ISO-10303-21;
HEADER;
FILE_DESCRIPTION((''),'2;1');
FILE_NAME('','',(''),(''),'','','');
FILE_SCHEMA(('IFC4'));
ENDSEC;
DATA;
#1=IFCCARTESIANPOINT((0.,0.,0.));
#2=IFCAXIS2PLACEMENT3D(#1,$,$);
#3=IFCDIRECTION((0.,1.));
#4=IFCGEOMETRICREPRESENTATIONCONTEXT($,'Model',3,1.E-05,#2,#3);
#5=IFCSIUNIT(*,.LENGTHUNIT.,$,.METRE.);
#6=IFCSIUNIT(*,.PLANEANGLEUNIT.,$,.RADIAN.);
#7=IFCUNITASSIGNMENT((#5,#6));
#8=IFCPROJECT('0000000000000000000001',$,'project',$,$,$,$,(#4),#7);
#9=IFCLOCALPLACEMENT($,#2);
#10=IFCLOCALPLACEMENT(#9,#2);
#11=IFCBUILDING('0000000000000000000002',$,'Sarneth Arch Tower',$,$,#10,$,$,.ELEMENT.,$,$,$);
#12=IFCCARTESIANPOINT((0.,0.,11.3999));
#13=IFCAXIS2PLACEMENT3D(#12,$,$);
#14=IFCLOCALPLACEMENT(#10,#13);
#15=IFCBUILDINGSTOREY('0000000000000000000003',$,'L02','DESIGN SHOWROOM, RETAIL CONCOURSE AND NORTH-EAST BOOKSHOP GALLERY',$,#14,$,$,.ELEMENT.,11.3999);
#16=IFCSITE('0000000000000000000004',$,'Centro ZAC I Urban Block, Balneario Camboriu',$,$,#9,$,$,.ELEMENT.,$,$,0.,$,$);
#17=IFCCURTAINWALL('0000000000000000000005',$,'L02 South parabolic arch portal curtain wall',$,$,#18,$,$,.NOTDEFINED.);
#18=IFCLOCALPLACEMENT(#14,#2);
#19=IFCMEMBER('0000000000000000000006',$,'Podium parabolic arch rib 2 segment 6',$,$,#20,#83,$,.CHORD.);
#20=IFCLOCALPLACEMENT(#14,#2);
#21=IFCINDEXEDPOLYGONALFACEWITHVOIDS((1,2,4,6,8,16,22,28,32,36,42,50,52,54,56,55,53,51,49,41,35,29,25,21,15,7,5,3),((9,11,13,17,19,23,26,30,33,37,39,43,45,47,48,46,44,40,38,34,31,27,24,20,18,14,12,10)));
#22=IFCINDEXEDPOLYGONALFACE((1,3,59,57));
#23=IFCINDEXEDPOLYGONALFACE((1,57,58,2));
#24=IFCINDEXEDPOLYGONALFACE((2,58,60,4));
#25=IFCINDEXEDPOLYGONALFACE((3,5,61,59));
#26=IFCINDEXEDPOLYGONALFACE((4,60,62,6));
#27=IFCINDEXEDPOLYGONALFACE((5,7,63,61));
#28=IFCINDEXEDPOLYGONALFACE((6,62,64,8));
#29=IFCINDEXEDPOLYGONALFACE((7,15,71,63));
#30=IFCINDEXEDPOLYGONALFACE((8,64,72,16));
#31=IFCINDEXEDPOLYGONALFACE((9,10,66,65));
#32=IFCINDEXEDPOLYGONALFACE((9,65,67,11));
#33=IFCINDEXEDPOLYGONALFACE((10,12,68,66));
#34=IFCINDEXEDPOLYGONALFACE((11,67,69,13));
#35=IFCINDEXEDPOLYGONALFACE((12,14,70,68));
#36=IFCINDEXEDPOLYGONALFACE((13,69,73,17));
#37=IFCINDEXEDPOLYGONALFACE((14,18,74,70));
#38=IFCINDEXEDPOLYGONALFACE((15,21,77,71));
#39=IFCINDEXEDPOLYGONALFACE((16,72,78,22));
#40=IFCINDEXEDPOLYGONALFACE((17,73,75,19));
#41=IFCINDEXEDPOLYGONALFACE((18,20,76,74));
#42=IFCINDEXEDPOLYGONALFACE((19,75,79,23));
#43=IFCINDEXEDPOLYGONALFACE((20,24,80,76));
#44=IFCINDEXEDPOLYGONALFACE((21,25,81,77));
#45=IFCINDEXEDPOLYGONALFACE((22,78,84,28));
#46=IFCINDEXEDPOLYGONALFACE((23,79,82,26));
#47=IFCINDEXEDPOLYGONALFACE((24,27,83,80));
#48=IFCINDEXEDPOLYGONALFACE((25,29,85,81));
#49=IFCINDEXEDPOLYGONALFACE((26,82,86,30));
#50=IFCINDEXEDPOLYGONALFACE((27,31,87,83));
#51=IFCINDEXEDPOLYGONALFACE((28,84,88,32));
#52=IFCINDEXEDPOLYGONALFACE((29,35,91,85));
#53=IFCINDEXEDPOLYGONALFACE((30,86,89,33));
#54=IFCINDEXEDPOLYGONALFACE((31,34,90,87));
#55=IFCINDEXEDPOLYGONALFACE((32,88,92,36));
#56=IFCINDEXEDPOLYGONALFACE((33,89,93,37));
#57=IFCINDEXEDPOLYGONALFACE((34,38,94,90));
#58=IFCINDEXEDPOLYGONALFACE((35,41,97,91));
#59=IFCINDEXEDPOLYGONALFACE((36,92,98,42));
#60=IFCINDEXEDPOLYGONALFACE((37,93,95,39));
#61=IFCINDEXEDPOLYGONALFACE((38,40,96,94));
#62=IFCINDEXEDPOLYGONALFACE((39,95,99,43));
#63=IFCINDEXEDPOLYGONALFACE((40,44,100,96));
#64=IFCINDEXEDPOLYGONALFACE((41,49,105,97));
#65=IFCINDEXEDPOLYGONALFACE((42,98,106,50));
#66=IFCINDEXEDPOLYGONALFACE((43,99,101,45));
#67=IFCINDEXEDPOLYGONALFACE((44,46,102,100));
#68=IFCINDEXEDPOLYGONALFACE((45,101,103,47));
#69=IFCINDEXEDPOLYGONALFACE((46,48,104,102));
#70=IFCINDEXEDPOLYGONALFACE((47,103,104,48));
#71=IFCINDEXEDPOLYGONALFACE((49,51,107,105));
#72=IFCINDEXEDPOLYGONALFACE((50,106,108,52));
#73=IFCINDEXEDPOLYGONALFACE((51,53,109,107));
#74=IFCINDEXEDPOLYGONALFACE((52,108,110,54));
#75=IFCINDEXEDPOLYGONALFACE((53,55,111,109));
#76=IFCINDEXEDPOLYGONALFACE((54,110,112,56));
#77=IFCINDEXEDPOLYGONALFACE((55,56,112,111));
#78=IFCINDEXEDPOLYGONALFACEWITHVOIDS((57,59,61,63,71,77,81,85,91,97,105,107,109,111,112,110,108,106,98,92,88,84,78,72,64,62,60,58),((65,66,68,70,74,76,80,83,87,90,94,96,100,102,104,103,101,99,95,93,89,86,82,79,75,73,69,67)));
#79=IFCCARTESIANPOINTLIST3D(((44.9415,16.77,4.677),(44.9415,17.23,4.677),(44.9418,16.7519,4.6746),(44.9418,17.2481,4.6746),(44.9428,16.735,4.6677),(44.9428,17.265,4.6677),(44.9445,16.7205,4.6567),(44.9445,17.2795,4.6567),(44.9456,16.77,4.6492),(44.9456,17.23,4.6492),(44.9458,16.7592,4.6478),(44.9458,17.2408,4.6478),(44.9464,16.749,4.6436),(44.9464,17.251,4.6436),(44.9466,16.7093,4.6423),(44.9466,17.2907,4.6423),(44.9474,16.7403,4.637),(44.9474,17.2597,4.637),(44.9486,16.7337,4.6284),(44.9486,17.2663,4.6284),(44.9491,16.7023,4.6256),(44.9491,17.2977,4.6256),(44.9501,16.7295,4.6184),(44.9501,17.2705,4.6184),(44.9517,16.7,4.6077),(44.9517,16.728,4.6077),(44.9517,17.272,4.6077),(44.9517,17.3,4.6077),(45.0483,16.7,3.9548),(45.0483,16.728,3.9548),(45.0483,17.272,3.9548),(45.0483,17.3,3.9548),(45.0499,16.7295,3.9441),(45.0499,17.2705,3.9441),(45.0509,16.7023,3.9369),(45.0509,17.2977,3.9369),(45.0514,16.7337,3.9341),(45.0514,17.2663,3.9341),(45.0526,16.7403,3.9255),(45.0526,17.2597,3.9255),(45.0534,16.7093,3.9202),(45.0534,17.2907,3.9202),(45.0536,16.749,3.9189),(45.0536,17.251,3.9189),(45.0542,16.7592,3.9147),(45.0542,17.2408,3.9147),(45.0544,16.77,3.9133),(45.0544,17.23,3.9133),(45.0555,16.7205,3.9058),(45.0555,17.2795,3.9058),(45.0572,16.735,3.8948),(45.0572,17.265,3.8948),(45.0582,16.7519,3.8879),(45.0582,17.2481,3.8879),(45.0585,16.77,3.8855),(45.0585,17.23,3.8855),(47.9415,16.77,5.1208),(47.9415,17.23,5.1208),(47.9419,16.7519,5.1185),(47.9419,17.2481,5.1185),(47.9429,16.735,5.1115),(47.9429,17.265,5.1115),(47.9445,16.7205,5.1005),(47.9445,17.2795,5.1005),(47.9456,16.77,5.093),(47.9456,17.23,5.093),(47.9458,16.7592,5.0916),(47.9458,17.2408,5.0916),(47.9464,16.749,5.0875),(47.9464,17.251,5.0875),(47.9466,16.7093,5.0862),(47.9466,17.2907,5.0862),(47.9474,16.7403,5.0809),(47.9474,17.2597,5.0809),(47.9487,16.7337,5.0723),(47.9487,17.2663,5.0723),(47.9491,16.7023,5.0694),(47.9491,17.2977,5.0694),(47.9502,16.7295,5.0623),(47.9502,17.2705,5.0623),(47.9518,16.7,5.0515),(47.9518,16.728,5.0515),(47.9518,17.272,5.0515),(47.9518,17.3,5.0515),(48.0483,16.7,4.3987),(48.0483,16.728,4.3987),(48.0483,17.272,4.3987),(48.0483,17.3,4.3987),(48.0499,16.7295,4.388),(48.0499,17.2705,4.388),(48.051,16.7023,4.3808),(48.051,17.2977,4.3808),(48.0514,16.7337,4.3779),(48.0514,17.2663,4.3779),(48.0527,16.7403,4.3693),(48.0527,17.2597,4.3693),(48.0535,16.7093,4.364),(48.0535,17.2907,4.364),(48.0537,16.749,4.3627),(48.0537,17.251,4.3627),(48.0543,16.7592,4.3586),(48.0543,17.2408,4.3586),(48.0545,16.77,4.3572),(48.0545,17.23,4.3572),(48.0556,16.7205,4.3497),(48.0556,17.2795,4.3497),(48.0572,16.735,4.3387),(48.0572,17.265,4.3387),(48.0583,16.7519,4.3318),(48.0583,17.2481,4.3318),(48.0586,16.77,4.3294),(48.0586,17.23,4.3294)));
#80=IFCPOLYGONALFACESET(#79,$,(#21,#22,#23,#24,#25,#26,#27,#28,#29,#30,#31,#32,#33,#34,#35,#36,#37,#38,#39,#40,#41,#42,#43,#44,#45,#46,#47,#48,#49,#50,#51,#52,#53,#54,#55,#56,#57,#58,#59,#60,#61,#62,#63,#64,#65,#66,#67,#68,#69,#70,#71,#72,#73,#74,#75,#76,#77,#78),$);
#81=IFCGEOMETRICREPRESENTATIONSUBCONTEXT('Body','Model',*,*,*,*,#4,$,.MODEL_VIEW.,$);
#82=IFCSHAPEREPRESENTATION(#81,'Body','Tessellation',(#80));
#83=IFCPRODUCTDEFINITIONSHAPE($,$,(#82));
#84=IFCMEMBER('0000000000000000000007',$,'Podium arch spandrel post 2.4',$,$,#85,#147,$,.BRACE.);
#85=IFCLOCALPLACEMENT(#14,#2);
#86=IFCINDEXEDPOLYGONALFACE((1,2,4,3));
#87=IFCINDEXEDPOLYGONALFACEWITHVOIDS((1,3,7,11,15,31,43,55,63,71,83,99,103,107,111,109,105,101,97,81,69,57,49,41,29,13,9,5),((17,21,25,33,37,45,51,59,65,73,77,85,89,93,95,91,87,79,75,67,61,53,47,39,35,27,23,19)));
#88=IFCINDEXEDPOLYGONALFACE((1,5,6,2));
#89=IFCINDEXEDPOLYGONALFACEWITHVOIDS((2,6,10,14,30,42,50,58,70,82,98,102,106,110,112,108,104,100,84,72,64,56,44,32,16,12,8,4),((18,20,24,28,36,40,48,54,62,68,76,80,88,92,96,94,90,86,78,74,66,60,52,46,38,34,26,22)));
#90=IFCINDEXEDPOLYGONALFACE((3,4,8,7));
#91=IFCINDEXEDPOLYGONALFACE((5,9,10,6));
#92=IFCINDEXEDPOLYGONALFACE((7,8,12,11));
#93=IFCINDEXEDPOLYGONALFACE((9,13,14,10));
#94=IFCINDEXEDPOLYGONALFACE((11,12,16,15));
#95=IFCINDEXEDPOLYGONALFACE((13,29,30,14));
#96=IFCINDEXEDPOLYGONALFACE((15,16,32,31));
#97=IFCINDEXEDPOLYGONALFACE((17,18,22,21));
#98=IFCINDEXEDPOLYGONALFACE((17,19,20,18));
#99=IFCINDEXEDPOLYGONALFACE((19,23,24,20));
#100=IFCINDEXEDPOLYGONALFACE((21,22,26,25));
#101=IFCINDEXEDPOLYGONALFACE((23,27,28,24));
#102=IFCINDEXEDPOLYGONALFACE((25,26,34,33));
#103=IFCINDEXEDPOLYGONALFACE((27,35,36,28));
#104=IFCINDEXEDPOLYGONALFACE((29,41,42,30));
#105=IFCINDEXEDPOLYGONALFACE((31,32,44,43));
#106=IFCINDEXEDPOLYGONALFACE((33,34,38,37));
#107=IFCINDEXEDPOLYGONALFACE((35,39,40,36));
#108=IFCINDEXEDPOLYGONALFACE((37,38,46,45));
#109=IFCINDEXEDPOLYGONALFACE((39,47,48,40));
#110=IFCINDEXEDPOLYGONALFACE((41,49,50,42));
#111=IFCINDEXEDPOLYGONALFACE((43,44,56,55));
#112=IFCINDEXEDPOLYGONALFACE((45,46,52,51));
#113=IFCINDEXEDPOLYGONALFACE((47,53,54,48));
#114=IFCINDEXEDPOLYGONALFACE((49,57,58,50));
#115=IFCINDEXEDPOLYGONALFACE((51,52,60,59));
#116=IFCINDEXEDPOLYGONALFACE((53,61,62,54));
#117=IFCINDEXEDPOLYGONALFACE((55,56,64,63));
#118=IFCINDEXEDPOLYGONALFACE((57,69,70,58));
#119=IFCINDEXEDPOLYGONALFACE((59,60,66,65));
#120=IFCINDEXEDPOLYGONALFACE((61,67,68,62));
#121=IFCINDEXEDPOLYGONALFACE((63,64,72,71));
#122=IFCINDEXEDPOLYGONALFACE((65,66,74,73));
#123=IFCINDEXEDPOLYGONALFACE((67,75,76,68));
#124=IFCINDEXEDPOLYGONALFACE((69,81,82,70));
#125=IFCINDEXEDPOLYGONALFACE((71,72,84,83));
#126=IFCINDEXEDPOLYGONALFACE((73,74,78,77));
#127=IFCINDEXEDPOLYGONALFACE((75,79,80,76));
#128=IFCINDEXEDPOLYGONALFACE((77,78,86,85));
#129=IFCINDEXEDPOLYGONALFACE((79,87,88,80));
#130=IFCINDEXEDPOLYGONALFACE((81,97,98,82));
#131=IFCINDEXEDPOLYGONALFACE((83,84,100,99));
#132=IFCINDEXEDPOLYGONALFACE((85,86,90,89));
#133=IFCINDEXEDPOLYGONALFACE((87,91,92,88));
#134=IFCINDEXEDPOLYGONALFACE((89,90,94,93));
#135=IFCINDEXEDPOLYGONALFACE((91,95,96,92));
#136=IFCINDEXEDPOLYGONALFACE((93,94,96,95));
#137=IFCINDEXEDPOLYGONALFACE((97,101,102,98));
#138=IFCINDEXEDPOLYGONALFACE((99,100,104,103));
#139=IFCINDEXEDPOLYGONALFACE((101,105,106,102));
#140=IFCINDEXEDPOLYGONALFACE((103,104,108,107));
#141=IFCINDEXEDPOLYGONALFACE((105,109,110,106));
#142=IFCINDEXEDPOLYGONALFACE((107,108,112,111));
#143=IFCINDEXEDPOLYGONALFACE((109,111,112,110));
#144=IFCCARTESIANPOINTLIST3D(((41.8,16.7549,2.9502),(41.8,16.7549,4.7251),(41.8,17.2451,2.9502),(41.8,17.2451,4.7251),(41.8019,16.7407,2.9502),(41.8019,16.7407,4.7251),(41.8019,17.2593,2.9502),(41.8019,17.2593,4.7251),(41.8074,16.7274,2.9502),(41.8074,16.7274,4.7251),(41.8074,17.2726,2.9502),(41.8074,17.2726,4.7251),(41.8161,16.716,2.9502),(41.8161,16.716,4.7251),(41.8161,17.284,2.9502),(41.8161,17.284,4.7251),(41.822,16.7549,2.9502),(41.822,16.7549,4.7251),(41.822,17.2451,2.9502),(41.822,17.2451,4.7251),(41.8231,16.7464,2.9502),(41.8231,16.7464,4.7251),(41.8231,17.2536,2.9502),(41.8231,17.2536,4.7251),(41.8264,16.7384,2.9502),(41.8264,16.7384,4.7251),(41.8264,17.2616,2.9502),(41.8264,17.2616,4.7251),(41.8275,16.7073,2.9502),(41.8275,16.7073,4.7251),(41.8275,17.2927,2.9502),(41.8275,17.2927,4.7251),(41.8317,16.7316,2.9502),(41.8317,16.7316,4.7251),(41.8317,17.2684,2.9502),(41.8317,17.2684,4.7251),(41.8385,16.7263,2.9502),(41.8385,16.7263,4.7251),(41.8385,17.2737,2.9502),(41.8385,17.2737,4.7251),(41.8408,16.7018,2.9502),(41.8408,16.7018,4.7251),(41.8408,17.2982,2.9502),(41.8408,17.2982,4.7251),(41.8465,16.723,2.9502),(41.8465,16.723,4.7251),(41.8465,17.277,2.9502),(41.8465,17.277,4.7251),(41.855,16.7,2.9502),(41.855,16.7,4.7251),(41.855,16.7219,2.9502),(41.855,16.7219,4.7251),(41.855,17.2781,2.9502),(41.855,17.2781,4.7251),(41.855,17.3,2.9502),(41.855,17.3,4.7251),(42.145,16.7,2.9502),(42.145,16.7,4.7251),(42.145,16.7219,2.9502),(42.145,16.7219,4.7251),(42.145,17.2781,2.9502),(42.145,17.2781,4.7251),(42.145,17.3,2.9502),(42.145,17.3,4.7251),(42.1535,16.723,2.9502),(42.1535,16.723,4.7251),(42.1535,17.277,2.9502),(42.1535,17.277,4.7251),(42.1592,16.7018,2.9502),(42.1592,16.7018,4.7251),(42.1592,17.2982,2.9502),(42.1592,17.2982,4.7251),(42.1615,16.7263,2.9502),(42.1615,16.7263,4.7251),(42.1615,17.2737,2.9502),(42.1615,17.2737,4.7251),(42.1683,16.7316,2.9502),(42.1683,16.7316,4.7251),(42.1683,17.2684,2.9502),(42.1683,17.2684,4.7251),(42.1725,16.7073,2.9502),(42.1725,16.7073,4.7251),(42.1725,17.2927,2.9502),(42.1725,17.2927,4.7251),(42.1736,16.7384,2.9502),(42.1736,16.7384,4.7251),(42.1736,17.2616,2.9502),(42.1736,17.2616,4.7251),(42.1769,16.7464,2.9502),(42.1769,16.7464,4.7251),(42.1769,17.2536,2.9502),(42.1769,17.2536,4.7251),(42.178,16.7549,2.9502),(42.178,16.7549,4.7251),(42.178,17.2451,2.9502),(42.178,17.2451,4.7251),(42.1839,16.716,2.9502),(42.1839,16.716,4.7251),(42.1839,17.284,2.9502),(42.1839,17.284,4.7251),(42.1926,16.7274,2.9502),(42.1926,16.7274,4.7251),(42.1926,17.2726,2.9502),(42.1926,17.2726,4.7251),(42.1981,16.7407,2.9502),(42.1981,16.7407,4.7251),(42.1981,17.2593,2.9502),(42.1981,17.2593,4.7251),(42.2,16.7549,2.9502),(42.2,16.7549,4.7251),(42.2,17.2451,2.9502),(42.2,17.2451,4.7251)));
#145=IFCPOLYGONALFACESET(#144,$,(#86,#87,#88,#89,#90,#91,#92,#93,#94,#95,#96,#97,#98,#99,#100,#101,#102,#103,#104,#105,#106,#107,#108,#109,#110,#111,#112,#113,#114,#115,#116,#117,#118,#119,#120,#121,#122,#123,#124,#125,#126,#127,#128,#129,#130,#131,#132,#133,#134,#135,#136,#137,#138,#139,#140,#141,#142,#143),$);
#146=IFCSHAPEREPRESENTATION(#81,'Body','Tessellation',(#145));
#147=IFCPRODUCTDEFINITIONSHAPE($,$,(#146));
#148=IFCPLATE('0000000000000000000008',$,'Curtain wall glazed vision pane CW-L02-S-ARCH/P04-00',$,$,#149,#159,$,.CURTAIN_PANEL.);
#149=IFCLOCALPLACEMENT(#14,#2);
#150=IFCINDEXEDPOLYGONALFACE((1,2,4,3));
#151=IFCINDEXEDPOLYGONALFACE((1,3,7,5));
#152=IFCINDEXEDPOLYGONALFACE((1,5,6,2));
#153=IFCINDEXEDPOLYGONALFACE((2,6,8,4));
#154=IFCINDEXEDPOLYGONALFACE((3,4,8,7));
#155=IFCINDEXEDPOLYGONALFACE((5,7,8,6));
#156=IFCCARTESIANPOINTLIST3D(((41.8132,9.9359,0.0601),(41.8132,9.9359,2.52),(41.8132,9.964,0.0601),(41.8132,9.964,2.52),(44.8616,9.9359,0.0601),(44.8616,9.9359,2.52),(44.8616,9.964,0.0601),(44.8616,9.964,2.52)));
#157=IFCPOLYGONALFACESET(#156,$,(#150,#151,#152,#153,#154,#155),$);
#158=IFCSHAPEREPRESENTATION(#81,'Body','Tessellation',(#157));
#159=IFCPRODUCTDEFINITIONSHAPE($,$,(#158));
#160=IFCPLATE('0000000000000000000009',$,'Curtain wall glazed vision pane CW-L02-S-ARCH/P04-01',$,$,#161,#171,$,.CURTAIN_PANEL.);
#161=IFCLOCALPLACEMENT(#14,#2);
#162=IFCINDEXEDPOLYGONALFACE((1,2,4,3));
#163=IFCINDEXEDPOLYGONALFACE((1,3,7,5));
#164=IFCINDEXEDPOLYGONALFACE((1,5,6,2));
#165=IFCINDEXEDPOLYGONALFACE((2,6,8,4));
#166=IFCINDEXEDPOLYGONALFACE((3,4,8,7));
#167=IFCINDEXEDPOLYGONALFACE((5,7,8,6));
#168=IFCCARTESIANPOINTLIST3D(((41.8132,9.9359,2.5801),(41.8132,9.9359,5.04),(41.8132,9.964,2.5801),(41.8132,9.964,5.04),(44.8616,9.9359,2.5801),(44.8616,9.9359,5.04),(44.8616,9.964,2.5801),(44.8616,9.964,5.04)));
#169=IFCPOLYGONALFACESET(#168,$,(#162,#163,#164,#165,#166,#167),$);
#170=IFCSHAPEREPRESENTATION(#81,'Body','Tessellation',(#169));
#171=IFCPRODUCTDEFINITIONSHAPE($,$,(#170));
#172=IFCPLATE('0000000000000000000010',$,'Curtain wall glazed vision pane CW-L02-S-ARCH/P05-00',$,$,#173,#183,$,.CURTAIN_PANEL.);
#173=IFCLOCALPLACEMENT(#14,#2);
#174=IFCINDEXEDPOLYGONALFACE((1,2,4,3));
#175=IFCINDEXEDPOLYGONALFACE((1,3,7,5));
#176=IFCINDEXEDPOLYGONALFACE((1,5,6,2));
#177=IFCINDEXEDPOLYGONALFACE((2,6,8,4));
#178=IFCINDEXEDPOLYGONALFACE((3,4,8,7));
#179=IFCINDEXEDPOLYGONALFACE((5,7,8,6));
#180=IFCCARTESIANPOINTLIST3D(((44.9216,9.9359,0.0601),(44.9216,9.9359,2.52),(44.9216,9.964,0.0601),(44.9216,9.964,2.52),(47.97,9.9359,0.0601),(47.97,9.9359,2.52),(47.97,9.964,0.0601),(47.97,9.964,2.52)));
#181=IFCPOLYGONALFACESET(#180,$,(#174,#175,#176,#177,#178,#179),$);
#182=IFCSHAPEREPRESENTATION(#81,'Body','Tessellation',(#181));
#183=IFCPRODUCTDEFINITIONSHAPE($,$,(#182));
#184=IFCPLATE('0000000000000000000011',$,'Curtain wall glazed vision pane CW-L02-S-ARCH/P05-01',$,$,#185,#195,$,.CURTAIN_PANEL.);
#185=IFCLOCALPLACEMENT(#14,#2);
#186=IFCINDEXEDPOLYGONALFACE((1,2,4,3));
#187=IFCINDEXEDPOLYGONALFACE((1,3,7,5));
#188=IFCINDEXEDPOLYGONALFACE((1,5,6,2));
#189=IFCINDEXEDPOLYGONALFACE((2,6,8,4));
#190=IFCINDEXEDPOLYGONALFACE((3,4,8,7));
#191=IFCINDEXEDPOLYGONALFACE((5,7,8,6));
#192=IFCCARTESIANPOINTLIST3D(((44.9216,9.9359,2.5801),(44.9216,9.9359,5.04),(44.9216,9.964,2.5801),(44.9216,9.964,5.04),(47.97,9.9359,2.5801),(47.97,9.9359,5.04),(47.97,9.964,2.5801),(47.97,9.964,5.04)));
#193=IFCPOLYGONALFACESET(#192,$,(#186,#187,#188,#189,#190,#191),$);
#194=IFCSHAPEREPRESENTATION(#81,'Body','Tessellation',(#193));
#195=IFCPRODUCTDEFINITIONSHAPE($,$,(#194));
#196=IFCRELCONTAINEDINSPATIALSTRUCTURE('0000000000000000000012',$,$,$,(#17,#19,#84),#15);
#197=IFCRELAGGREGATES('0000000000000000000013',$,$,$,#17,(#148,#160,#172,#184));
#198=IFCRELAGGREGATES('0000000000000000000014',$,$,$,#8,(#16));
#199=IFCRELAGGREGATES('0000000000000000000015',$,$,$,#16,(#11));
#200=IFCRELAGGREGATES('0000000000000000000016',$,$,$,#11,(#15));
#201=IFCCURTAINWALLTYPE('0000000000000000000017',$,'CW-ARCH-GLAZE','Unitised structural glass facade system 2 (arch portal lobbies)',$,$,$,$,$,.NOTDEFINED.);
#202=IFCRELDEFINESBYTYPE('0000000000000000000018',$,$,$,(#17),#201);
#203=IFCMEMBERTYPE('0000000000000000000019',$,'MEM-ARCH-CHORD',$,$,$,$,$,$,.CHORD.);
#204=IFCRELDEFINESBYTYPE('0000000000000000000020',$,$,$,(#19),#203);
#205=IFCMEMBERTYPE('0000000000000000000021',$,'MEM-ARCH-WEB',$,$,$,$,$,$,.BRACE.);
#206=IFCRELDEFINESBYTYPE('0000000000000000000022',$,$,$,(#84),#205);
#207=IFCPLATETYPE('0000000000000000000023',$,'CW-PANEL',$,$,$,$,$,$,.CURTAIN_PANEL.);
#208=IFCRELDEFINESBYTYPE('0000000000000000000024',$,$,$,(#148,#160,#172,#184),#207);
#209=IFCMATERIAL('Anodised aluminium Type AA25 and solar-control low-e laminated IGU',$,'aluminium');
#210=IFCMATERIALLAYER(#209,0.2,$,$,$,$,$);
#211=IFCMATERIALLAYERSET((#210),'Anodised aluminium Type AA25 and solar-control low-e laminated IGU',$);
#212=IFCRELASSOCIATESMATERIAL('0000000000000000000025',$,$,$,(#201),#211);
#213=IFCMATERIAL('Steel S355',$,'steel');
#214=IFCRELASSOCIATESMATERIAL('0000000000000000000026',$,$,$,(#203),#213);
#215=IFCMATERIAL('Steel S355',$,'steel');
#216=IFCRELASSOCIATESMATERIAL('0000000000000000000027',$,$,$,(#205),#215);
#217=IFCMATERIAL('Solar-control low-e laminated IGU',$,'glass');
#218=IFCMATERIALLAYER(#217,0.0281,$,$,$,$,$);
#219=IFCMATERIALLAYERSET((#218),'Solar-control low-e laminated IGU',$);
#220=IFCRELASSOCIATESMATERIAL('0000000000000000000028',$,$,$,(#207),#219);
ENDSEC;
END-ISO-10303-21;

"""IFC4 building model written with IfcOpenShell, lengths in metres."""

from ifc_helpers import new_model, si_unit, direction, frame, origin, origin_2d, place, context, subcontext, project, spatial, rectangle, hollow_rectangle, extrude, material, layer, layer_set, material_profile, profile_set, type_object, element, aggregate, save


model = new_model("IFC4")

# Units and contexts
model_context = context("Model", 3, precision=1e-05, world=origin(), true_north=direction((0.0, 1.0)))
body_context = subcontext(model_context, "Body", "Model", "MODEL_VIEW")
ifc_project = project(units=[si_unit("LENGTHUNIT", "METRE"), si_unit("PLANEANGLEUNIT", "RADIAN")], contexts=[model_context])

# Site, building, storey
site_placement = place(None, origin())
site = spatial("IfcSite", under=ifc_project, at=site_placement, Name="Centro ZAC I Urban Block, Balneario Camboriu", CompositionType="ELEMENT", RefElevation=0.0)
building_placement = place(site_placement, origin())
building = spatial("IfcBuilding", under=site, at=building_placement, Name="Sarneth Arch Tower", CompositionType="ELEMENT")
storey_placement = place(building_placement, frame((0.0, 0.0, 11.3999)))
storey = spatial("IfcBuildingStorey", under=building, at=storey_placement, Name="L02", Description="DESIGN SHOWROOM, RETAIL CONCOURSE AND NORTH-EAST BOOKSHOP GALLERY", CompositionType="ELEMENT", Elevation=11.3999)

# Curtain wall
ifc_material_1 = material(Name="Anodised aluminium Type AA25 and solar-control low-e laminated IGU", Category="aluminium")
ifc_layer_1 = layer(ifc_material_1, 0.2)
ifc_layer_set_1 = layer_set([ifc_layer_1], Name="Anodised aluminium Type AA25 and solar-control low-e laminated IGU")
curtain_wall_type = type_object("IfcCurtainWallType", Name="CW-ARCH-GLAZE", Description="Unitised structural glass facade system 2 (arch portal lobbies)", PredefinedType="NOTDEFINED", material=ifc_layer_set_1)
curtain_wall_placement = place(storey_placement, origin())
curtain_wall = element("IfcCurtainWall", 1, at=curtain_wall_placement, inside=storey, type_object=curtain_wall_type, Name="L02 South parabolic arch portal curtain wall", PredefinedType="NOTDEFINED")

# Members
ifc_material_2 = material(Name="Steel S355", Category="steel")
ifc_material_profile_1 = material_profile(ifc_material_2, hollow_rectangle(XDim=0.6001, YDim=0.8, WallThickness=0.0281, InnerFilletRadius=0.042, OuterFilletRadius=0.0701, at=origin_2d()), Name="RHS800x600x28")
ifc_profile_set_1 = profile_set([ifc_material_profile_1], Name="Steel S355")
member_type_1 = type_object("IfcMemberType", Name="MEM-ARCH-CHORD", PredefinedType="CHORD", material=ifc_profile_set_1)
member_1_placement = place(storey_placement, frame((45.0, 17.0, 4.2812), z_axis=(0.989232, 0.0, 0.146356), x_axis=(0.0, 1.0, 0.0)))
element("IfcMember", 2, at=member_1_placement, inside=storey, type_object=member_type_1, Name="Podium parabolic arch rib 2 segment 6", PredefinedType="CHORD", context=body_context, shape_type="SweptSolid", body=[
    extrude(hollow_rectangle(XDim=0.6001, YDim=0.8, WallThickness=0.0281, InnerFilletRadius=0.042, OuterFilletRadius=0.0701, at=origin_2d()), origin(), (0.0, 0.0, 1.0), 3.0327),
])
ifc_material_3 = material(Name="Steel S355", Category="steel")
ifc_material_profile_2 = material_profile(ifc_material_3, hollow_rectangle(XDim=0.3999, YDim=0.6001, WallThickness=0.022, InnerFilletRadius=0.033, OuterFilletRadius=0.0549, at=origin_2d()), Name="RHS600x400x22")
ifc_profile_set_2 = profile_set([ifc_material_profile_2], Name="Steel S355")
member_type_2 = type_object("IfcMemberType", Name="MEM-ARCH-WEB", PredefinedType="BRACE", material=ifc_profile_set_2)
member_2_placement = place(storey_placement, frame((42.0, 17.0, 2.9502), z_axis=(0.0, 0.0, 1.0), x_axis=(1.0, 0.0, 0.0)))
element("IfcMember", 3, at=member_2_placement, inside=storey, type_object=member_type_2, Name="Podium arch spandrel post 2.4", PredefinedType="BRACE", context=body_context, shape_type="SweptSolid", body=[
    extrude(hollow_rectangle(XDim=0.3999, YDim=0.6001, WallThickness=0.022, InnerFilletRadius=0.033, OuterFilletRadius=0.0549, at=origin_2d()), origin(), (0.0, 0.0, 1.0), 1.7749),
])

# Plates
ifc_material_4 = material(Name="Solar-control low-e laminated IGU", Category="glass")
ifc_layer_2 = layer(ifc_material_4, 0.0281)
ifc_layer_set_2 = layer_set([ifc_layer_2], Name="Solar-control low-e laminated IGU")
plate_type_1 = type_object("IfcPlateType", Name="CW-PANEL", PredefinedType="CURTAIN_PANEL", material=ifc_layer_set_2)
plate_1_placement = place(storey_placement, frame((43.3374, 9.95, 0.0601), z_axis=(0.0, 0.0, 1.0), x_axis=(1.0, 0.0, 0.0)))
plate_1 = element("IfcPlate", 4, at=plate_1_placement, type_object=plate_type_1, Name="Curtain wall glazed vision pane CW-L02-S-ARCH/P04-00", PredefinedType="CURTAIN_PANEL", context=body_context, shape_type="SweptSolid", body=[
    extrude(rectangle(XDim=3.0483, YDim=0.0281, at=origin_2d()), origin(), (0.0, 0.0, 1.0), 2.46),
])
plate_2_placement = place(storey_placement, frame((43.3374, 9.95, 2.5801), z_axis=(0.0, 0.0, 1.0), x_axis=(1.0, 0.0, 0.0)))
plate_2 = element("IfcPlate", 5, at=plate_2_placement, type_object=plate_type_1, Name="Curtain wall glazed vision pane CW-L02-S-ARCH/P04-01", PredefinedType="CURTAIN_PANEL", context=body_context, shape_type="SweptSolid", body=[
    extrude(rectangle(XDim=3.0483, YDim=0.0281, at=origin_2d()), origin(), (0.0, 0.0, 1.0), 2.46),
])
plate_3_placement = place(storey_placement, frame((46.4458, 9.95, 0.0601), z_axis=(0.0, 0.0, 1.0), x_axis=(1.0, 0.0, 0.0)))
plate_3 = element("IfcPlate", 6, at=plate_3_placement, type_object=plate_type_1, Name="Curtain wall glazed vision pane CW-L02-S-ARCH/P05-00", PredefinedType="CURTAIN_PANEL", context=body_context, shape_type="SweptSolid", body=[
    extrude(rectangle(XDim=3.0483, YDim=0.0281, at=origin_2d()), origin(), (0.0, 0.0, 1.0), 2.46),
])
plate_4_placement = place(storey_placement, frame((46.4458, 9.95, 2.5801), z_axis=(0.0, 0.0, 1.0), x_axis=(1.0, 0.0, 0.0)))
plate_4 = element("IfcPlate", 7, at=plate_4_placement, type_object=plate_type_1, Name="Curtain wall glazed vision pane CW-L02-S-ARCH/P05-01", PredefinedType="CURTAIN_PANEL", context=body_context, shape_type="SweptSolid", body=[
    extrude(rectangle(XDim=3.0483, YDim=0.0281, at=origin_2d()), origin(), (0.0, 0.0, 1.0), 2.46),
])
aggregate(curtain_wall, [plate_1, plate_2, plate_3, plate_4])

save(model, "model.ifc")
